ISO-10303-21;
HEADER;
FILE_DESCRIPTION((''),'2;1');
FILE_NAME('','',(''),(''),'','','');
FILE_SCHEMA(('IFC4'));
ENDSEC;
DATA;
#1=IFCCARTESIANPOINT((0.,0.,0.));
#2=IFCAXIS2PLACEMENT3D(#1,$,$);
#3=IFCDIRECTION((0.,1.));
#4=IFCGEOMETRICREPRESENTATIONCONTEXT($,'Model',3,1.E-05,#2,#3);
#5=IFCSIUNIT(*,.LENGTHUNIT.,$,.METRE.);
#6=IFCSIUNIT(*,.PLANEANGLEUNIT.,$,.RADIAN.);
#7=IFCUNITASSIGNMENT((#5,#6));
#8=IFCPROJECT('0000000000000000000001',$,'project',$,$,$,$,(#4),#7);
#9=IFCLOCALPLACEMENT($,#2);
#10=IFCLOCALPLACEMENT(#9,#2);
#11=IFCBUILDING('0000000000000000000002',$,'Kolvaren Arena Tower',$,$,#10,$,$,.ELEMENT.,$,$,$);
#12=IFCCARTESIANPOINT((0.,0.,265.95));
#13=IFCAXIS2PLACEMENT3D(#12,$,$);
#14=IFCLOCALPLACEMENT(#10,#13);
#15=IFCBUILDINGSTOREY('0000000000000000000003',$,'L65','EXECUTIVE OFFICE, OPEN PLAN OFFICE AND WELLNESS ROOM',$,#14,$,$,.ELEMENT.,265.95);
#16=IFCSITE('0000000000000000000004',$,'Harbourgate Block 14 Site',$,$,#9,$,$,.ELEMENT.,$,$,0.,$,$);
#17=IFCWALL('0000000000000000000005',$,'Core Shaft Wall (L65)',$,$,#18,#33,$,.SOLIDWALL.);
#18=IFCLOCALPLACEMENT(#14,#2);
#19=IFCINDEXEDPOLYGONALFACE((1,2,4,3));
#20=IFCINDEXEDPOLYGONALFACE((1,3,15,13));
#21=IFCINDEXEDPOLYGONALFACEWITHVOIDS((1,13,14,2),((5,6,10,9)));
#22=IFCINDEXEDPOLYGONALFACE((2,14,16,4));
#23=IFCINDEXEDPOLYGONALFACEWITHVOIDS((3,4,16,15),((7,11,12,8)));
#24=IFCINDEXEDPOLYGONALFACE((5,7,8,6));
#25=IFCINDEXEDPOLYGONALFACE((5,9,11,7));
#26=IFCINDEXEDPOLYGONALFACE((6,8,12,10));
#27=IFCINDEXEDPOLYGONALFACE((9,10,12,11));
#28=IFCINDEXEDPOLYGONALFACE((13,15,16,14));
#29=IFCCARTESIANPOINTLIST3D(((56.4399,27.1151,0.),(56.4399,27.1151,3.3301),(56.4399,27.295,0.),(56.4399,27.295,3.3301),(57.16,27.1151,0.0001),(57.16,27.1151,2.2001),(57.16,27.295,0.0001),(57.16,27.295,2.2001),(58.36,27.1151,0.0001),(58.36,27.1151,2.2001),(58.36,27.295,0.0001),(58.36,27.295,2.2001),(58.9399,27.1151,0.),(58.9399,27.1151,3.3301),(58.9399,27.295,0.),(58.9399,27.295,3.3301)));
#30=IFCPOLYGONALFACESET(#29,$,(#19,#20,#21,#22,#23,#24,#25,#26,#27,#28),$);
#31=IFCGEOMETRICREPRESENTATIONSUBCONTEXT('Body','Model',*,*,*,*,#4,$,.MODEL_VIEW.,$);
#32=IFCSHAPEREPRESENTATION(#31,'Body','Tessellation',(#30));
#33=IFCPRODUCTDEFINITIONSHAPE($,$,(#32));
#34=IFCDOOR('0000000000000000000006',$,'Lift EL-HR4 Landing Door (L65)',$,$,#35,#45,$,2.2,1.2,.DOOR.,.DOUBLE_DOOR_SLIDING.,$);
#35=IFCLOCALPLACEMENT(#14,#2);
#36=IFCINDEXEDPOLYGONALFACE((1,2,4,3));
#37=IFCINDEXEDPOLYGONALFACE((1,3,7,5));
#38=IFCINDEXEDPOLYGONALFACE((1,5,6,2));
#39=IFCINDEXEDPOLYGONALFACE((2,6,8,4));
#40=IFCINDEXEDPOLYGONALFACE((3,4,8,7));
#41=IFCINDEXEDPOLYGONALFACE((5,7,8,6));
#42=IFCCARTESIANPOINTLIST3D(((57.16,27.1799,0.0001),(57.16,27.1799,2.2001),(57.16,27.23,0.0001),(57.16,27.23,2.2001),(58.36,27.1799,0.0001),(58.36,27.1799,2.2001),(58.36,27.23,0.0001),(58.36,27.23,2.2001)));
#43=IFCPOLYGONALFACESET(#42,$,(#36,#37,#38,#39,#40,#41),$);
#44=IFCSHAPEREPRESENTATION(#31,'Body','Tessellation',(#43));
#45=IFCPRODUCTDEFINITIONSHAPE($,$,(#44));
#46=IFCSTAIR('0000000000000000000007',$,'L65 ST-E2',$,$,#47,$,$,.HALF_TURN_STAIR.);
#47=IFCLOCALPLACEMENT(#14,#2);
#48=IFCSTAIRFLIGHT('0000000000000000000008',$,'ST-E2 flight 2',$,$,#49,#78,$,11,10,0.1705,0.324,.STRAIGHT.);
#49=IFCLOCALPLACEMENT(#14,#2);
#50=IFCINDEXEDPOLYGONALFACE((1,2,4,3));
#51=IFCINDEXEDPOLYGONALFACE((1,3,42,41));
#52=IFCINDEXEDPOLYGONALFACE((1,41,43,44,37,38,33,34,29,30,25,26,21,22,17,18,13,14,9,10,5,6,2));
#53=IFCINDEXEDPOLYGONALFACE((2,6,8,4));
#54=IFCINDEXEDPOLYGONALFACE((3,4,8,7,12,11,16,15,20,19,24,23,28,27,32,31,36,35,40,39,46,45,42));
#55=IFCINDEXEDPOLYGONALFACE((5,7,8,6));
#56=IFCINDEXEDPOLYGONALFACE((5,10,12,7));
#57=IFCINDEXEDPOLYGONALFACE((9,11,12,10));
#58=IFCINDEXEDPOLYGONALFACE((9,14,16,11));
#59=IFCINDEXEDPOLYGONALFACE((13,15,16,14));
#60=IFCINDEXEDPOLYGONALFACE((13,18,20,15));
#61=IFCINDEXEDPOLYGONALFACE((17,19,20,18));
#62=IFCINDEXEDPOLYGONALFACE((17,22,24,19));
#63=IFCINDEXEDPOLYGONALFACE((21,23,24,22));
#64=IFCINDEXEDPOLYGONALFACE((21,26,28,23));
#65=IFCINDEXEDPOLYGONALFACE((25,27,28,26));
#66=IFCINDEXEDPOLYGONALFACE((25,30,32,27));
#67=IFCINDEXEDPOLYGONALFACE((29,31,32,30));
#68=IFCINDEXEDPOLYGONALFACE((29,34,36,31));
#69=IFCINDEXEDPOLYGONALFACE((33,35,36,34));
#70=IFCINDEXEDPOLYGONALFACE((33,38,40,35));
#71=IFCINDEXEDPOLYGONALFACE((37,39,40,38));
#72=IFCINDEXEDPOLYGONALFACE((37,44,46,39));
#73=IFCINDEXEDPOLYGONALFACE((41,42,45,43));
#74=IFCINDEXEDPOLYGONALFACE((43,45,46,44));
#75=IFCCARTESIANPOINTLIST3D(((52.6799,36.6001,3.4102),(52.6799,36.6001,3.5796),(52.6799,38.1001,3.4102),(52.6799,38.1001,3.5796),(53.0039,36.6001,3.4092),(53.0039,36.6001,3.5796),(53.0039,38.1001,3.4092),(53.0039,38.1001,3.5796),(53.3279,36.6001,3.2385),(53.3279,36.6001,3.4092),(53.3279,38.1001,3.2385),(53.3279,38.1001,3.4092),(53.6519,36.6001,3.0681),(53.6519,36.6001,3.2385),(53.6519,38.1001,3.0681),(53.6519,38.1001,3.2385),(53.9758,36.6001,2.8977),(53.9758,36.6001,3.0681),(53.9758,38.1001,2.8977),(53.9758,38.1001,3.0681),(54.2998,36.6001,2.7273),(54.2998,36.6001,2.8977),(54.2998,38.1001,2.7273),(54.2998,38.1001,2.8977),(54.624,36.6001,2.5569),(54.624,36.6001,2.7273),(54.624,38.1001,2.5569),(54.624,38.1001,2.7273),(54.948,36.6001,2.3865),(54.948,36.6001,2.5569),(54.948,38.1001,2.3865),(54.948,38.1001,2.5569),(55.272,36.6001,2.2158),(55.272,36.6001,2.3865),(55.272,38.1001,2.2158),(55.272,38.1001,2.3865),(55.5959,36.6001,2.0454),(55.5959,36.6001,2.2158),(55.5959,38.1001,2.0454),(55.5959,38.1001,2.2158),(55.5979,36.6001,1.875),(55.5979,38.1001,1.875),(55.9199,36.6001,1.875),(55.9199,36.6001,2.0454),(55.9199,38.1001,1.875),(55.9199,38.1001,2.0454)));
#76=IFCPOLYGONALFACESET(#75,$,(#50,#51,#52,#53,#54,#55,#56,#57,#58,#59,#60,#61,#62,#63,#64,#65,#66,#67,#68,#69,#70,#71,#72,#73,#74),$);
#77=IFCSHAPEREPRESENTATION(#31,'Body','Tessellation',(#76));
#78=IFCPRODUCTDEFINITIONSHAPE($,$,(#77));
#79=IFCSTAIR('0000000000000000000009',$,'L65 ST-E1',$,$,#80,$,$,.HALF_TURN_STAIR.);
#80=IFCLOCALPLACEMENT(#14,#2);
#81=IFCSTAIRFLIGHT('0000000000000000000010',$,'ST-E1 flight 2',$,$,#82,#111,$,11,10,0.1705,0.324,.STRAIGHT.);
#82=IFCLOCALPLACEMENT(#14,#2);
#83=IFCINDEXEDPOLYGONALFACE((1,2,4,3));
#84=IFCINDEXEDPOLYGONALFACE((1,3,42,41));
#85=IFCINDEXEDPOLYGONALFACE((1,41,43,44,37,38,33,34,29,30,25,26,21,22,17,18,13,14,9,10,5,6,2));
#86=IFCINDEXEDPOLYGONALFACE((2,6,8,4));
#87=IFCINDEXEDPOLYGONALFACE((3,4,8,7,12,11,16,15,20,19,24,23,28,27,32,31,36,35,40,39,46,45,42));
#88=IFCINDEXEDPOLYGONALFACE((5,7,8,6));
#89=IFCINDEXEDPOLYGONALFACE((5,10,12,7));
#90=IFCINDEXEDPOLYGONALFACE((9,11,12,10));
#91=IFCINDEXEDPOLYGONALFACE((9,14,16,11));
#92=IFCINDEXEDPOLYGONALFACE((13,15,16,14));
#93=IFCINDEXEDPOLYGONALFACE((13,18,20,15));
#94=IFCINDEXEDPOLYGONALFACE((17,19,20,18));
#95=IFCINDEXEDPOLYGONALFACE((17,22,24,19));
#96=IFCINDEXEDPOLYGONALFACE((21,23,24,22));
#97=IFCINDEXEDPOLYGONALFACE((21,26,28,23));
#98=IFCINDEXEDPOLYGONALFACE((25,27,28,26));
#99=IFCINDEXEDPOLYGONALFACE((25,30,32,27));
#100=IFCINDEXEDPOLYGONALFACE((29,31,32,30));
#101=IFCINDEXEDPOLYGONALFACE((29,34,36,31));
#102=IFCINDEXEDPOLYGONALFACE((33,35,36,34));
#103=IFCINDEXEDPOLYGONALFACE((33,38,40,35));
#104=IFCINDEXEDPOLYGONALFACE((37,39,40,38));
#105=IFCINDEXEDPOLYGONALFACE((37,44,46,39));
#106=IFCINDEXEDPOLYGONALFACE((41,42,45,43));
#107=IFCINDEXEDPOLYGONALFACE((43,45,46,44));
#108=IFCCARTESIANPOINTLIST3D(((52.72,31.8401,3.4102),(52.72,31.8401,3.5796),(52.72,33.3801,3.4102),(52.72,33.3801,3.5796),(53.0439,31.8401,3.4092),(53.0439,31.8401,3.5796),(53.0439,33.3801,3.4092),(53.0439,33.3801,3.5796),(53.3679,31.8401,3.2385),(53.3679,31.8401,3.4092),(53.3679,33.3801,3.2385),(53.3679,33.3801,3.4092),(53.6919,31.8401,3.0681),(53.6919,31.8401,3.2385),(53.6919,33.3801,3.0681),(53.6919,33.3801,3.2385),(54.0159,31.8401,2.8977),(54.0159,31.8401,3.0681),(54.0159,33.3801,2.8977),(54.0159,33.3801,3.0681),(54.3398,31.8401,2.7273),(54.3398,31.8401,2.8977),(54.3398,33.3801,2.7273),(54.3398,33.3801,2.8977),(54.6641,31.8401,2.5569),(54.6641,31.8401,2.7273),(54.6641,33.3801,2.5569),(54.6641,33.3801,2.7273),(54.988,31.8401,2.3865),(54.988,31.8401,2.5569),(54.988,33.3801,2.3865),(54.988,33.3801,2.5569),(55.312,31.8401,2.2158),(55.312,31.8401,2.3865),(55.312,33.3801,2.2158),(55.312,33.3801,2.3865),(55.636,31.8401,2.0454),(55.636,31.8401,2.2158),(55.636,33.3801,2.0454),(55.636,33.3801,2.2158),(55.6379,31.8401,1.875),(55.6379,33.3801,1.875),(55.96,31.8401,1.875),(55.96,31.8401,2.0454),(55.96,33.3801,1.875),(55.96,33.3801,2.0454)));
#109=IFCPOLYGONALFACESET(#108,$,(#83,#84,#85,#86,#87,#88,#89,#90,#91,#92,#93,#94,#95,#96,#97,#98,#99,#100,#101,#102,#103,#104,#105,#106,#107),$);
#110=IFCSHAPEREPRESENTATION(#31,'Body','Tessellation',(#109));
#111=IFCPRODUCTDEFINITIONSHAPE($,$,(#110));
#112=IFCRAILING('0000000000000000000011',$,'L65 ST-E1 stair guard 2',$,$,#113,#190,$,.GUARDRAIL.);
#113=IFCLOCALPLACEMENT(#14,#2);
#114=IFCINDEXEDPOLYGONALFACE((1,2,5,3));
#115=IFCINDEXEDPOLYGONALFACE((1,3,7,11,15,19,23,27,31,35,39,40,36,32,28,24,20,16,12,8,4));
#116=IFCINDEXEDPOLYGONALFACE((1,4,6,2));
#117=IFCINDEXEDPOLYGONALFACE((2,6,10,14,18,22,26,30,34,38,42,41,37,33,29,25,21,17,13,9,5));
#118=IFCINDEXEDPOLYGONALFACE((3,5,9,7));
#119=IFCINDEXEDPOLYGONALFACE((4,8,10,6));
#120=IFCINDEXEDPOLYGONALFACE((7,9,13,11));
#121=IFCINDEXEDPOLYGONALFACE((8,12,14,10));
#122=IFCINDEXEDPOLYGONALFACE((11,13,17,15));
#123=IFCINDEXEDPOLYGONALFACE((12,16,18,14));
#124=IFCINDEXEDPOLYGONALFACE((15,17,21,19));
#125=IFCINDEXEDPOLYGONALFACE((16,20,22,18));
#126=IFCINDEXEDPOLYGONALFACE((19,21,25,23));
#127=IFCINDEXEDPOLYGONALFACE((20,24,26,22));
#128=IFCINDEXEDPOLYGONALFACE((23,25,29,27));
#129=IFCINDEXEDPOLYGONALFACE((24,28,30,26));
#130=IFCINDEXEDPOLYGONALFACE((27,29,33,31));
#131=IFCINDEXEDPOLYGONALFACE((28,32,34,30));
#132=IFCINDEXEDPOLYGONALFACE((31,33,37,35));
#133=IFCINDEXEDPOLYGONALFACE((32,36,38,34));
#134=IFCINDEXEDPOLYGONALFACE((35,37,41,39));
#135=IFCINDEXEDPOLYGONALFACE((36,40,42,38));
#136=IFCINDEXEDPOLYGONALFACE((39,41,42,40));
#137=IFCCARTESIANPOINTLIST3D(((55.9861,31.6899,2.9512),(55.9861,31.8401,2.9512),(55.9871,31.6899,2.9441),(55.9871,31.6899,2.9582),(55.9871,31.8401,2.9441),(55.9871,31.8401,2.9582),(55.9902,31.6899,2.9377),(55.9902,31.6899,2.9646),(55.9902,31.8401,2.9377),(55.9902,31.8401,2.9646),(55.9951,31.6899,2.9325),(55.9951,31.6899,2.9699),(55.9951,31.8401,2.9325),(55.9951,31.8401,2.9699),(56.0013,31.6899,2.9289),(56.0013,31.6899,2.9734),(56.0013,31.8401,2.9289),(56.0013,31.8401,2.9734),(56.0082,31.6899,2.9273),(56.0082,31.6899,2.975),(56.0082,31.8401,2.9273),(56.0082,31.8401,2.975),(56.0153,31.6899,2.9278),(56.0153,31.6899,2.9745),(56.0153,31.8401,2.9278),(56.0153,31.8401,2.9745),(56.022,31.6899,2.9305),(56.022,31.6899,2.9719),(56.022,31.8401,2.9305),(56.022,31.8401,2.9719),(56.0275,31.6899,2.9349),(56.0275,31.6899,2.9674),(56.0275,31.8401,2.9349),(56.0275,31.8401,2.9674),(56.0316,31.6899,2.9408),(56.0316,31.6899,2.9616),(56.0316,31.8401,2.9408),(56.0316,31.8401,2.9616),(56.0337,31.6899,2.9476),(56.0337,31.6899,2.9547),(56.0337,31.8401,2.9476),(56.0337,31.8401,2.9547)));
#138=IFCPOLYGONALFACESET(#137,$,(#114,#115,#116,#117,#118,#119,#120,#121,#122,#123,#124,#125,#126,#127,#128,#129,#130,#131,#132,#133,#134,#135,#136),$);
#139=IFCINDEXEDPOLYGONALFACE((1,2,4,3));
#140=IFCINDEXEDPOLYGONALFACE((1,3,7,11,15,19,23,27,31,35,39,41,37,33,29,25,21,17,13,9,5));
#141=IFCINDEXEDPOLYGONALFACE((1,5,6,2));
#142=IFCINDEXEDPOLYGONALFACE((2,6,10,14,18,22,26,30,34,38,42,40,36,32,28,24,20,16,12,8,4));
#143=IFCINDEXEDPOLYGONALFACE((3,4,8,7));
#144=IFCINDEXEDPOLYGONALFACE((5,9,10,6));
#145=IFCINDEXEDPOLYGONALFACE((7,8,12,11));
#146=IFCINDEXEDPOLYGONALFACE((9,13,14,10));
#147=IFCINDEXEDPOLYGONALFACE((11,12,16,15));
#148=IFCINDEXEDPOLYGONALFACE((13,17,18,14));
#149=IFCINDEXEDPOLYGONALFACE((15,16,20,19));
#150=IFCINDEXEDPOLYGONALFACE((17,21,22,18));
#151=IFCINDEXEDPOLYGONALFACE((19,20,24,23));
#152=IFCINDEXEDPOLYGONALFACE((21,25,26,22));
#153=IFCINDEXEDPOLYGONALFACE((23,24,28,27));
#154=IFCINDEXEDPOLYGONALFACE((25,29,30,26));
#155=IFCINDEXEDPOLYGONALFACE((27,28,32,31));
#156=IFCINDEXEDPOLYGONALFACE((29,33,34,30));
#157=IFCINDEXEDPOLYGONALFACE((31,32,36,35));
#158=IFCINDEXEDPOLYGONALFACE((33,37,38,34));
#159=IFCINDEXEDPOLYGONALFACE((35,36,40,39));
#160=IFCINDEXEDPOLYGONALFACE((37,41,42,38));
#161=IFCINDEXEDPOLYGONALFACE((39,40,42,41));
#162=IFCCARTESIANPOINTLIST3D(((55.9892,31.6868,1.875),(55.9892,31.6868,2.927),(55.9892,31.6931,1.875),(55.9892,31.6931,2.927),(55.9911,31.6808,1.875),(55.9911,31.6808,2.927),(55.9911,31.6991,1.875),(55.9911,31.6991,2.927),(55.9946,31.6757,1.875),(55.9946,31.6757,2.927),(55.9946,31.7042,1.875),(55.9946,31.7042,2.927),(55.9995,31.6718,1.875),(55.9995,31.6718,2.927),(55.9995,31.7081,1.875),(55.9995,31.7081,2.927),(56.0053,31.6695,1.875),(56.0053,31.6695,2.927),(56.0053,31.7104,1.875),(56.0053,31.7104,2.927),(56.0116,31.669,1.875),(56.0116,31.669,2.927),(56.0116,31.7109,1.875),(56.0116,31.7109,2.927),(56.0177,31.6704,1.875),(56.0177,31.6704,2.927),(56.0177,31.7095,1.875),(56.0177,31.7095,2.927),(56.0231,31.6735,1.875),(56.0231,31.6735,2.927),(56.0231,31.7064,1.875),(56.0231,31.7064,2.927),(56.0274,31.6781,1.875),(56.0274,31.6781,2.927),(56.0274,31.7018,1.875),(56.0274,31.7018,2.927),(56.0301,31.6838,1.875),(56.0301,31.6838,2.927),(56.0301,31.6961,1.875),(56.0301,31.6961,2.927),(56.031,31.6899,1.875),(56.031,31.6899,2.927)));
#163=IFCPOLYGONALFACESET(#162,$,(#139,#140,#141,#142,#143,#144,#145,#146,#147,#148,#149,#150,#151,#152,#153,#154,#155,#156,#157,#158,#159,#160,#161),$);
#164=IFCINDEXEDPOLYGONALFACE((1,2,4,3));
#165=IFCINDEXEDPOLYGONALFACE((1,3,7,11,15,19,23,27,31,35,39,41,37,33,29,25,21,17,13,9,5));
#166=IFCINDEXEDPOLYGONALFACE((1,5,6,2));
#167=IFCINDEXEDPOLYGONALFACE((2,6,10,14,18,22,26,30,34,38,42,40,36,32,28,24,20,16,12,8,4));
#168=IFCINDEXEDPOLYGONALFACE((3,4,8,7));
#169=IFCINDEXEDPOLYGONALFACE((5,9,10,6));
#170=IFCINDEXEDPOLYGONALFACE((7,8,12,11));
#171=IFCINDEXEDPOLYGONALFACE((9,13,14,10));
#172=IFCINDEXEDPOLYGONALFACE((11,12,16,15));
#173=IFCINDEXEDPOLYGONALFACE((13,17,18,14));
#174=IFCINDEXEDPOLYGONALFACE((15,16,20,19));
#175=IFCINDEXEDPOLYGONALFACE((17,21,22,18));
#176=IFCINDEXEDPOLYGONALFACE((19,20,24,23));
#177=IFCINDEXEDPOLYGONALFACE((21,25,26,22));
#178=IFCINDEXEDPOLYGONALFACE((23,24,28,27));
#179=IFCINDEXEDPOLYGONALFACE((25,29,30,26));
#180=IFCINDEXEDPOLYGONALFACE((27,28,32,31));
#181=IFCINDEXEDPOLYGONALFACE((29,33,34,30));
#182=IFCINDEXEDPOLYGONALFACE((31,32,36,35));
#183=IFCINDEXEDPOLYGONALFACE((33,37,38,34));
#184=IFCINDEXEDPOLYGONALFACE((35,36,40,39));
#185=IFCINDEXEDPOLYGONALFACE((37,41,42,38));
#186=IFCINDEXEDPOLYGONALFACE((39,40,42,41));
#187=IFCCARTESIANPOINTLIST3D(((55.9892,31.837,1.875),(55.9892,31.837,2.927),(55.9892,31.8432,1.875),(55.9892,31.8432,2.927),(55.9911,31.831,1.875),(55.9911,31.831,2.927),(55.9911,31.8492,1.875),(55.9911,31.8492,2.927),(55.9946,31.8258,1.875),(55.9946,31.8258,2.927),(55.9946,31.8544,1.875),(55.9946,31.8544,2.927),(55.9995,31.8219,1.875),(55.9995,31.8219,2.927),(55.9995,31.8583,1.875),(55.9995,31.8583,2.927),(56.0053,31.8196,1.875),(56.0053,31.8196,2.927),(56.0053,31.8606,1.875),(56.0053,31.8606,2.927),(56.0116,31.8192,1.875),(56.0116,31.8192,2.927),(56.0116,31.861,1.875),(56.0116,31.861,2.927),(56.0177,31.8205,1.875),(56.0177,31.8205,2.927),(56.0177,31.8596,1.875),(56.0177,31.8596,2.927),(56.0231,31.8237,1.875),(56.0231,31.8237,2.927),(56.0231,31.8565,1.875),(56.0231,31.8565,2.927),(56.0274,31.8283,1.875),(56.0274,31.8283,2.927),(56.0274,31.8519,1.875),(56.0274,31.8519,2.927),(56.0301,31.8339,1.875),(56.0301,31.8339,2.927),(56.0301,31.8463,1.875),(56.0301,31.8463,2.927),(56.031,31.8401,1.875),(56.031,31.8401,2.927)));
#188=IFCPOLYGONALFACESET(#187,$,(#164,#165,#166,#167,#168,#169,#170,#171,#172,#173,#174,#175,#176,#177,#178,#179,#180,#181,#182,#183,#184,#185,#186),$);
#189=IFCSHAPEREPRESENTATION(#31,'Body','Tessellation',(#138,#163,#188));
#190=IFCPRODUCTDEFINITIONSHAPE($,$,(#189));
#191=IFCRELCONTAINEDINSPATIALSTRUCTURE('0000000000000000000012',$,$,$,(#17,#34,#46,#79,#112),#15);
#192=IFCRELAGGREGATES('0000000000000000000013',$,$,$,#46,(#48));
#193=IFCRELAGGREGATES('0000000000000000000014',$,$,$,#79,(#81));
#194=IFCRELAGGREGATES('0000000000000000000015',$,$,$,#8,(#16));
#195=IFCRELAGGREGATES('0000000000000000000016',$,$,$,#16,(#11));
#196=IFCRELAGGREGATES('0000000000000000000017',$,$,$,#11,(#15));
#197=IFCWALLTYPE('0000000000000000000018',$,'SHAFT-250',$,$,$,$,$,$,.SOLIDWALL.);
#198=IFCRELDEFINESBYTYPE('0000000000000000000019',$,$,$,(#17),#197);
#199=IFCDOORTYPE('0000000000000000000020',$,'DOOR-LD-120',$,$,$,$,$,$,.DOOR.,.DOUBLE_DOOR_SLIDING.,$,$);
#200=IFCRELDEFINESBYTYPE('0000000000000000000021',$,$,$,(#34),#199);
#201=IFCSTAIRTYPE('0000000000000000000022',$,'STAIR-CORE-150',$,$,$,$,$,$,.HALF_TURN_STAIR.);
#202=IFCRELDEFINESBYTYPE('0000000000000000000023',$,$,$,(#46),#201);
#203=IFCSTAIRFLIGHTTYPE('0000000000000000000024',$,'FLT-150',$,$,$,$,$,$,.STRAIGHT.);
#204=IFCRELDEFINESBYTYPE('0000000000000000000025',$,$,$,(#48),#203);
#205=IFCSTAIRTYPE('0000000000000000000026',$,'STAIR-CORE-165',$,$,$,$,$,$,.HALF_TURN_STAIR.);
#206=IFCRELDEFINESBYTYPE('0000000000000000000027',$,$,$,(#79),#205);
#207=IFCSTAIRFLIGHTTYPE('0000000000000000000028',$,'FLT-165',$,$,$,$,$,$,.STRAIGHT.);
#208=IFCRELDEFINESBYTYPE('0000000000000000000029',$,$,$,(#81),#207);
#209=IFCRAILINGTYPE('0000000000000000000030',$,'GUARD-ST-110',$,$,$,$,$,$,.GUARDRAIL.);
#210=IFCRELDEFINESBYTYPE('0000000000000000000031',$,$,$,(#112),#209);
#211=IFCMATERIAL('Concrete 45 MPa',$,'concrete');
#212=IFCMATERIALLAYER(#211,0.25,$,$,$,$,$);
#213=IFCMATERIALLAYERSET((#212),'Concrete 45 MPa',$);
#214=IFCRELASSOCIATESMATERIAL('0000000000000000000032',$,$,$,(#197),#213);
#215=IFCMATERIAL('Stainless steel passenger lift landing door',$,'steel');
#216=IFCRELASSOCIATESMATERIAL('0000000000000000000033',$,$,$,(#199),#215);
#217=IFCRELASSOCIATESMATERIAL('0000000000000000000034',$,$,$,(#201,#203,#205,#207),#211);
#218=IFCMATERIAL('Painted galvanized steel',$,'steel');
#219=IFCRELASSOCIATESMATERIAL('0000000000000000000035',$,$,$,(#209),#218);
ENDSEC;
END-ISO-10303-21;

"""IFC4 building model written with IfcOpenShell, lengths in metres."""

from ifc_helpers import new_model, si_unit, direction, frame, frame_2d, origin, origin_2d, place, context, subcontext, project, spatial, polyline, rectangle, circle, outline, extrude, material, layer, layer_set, type_object, element, fill, aggregate, save


model = new_model("IFC4")

# Units and contexts
model_context = context("Model", 3, precision=1e-05, world=origin(), true_north=direction((0.0, 1.0)))
body_context = subcontext(model_context, "Body", "Model", "MODEL_VIEW")
ifc_project = project(units=[si_unit("LENGTHUNIT", "METRE"), si_unit("PLANEANGLEUNIT", "RADIAN")], contexts=[model_context])

# Site, building, storey
site_placement = place(None, origin())
site = spatial("IfcSite", under=ifc_project, at=site_placement, Name="Harbourgate Block 14 Site", CompositionType="ELEMENT", RefElevation=0.0)
building_placement = place(site_placement, origin())
building = spatial("IfcBuilding", under=site, at=building_placement, Name="Kolvaren Arena Tower", CompositionType="ELEMENT")
storey_placement = place(building_placement, frame((0.0, 0.0, 265.95)))
storey = spatial("IfcBuildingStorey", under=building, at=storey_placement, Name="L65", Description="EXECUTIVE OFFICE, OPEN PLAN OFFICE AND WELLNESS ROOM", CompositionType="ELEMENT", Elevation=265.95)

# Shared definitions
ifc_material_1 = material(Name="Concrete 45 MPa", Category="concrete")
ifc_layer = layer(ifc_material_1, 0.25)
ifc_layer_set = layer_set([ifc_layer], Name="Concrete 45 MPa")
wall_type = type_object("IfcWallType", Name="SHAFT-250", PredefinedType="SOLIDWALL", material=ifc_layer_set)

# Wall, opening, door
wall_1_placement = place(storey_placement, frame((56.4399, 27.2051, 0.0), z_axis=(0.0, 0.0, 1.0), x_axis=(1.0, 0.0, 0.0)))
wall_1 = element("IfcWall", 1, at=wall_1_placement, inside=storey, type_object=wall_type, Name="Core Shaft Wall (L65)", PredefinedType="SOLIDWALL", context=body_context, shape_type="SweptSolid", body=[
    extrude(rectangle(XDim=2.5, YDim=0.1799, at=frame_2d((1.25, 0.0))), origin(), (0.0, 0.0, 1.0), 3.3301),
])
opening_1_placement = place(wall_1_placement, frame((0.72, 0.0, 0.0)))
opening_1 = element("IfcOpeningElement", 2, at=opening_1_placement, cuts=wall_1, PredefinedType="OPENING", context=body_context, shape_type="SweptSolid", body=[
    extrude(rectangle(XDim=1.2, YDim=2.2, at=frame_2d((0.6001, 1.1001))), frame((0.0, 0.0999, 0.0), z_axis=(0.0, -1.0, 0.0), x_axis=(1.0, 0.0, 0.0)), (0.0, 0.0, 1.0), 0.2),
])
ifc_material_2 = material(Name="Stainless steel passenger lift landing door", Category="steel")
door_type_1 = type_object("IfcDoorType", Name="DOOR-LD-120", OperationType="DOUBLE_DOOR_SLIDING", PredefinedType="DOOR", material=ifc_material_2)
door_1_placement = place(opening_1_placement, origin())
door_1 = element("IfcDoor", 3, at=door_1_placement, inside=storey, type_object=door_type_1, Name="Lift EL-HR4 Landing Door (L65)", OperationType="DOUBLE_DOOR_SLIDING", OverallHeight=2.2, OverallWidth=1.2, PredefinedType="DOOR", context=body_context, shape_type="SweptSolid", body=[
    extrude(rectangle(XDim=1.2, YDim=2.2, at=frame_2d((0.6001, 1.1001))), frame((0.0, 0.0249, 0.0), z_axis=(0.0, -1.0, 0.0), x_axis=(1.0, 0.0, 0.0)), (0.0, 0.0, 1.0), 0.05),
])
fill(opening_1, door_1)

# Stairs, stair flights
stair_type_1 = type_object("IfcStairType", Name="STAIR-CORE-150", PredefinedType="HALF_TURN_STAIR", material=ifc_material_1)
stair_1_placement = place(storey_placement, origin())
stair_1 = element("IfcStair", 4, at=stair_1_placement, inside=storey, type_object=stair_type_1, Name="L65 ST-E2", PredefinedType="HALF_TURN_STAIR")
stair_flight_type_1 = type_object("IfcStairFlightType", Name="FLT-150", PredefinedType="STRAIGHT", material=ifc_material_1)
stair_flight_1_placement = place(storey_placement, frame((55.9199, 37.3501, 1.875), z_axis=(0.0, 0.0, 1.0), x_axis=(-1.0, 0.0, 0.0)))
stair_flight_1 = element("IfcStairFlight", 5, at=stair_flight_1_placement, type_object=stair_flight_type_1, Name="ST-E2 flight 2", NumberOfRisers=11, NumberOfTreads=10, PredefinedType="STRAIGHT", RiserHeight=0.1705, TreadLength=0.324, context=body_context, shape_type="SweptSolid", body=[
    extrude(outline(polyline([(0.0, 0.0), (0.0, 0.1704), (0.324, 0.1704), (0.324, 0.3408), (0.6479, 0.3408), (0.6479, 0.5115), (0.9719, 0.5115), (0.9719, 0.6819), (1.2959, 0.6819), (1.2959, 0.8523), (1.6201, 0.8523), (1.6201, 1.0227), (1.9441, 1.0227), (1.9441, 1.1931), (2.2681, 1.1931), (2.2681, 1.3635), (2.592, 1.3635), (2.592, 1.5342), (2.916, 1.5342), (2.916, 1.7046), (3.24, 1.7046), (3.24, 1.875), (3.24, 1.5352), (0.322, 0.0), (0.0, 0.0)])), frame((0.0, 0.75, 0.0), z_axis=(0.0, -1.0, 0.0), x_axis=(1.0, 0.0, 0.0)), (0.0, 0.0, 1.0), 1.5),
])
aggregate(stair_1, [stair_flight_1])
stair_type_2 = type_object("IfcStairType", Name="STAIR-CORE-165", PredefinedType="HALF_TURN_STAIR", material=ifc_material_1)
stair_2_placement = place(storey_placement, origin())
stair_2 = element("IfcStair", 6, at=stair_2_placement, inside=storey, type_object=stair_type_2, Name="L65 ST-E1", PredefinedType="HALF_TURN_STAIR")
stair_flight_type_2 = type_object("IfcStairFlightType", Name="FLT-165", PredefinedType="STRAIGHT", material=ifc_material_1)
stair_flight_2_placement = place(storey_placement, frame((55.96, 32.6101, 1.875), z_axis=(0.0, 0.0, 1.0), x_axis=(-1.0, 0.0, 0.0)))
stair_flight_2 = element("IfcStairFlight", 7, at=stair_flight_2_placement, type_object=stair_flight_type_2, Name="ST-E1 flight 2", NumberOfRisers=11, NumberOfTreads=10, PredefinedType="STRAIGHT", RiserHeight=0.1705, TreadLength=0.324, context=body_context, shape_type="SweptSolid", body=[
    extrude(outline(polyline([(0.0, 0.0), (0.0, 0.1704), (0.324, 0.1704), (0.324, 0.3408), (0.6479, 0.3408), (0.6479, 0.5115), (0.9719, 0.5115), (0.9719, 0.6819), (1.2959, 0.6819), (1.2959, 0.8523), (1.6201, 0.8523), (1.6201, 1.0227), (1.9441, 1.0227), (1.9441, 1.1931), (2.2681, 1.1931), (2.2681, 1.3635), (2.592, 1.3635), (2.592, 1.5342), (2.916, 1.5342), (2.916, 1.7046), (3.24, 1.7046), (3.24, 1.875), (3.24, 1.5352), (0.322, 0.0), (0.0, 0.0)])), frame((0.0, 0.77, 0.0), z_axis=(0.0, -1.0, 0.0), x_axis=(1.0, 0.0, 0.0)), (0.0, 0.0, 1.0), 1.54),
])
aggregate(stair_2, [stair_flight_2])

# Railing
ifc_material_3 = material(Name="Painted galvanized steel", Category="steel")
railing_type_1 = type_object("IfcRailingType", Name="GUARD-ST-110", PredefinedType="GUARDRAIL", material=ifc_material_3)
railing_1_placement = place(storey_placement, frame((56.01, 31.6899, 1.875)))
element("IfcRailing", 8, at=railing_1_placement, inside=storey, type_object=railing_type_1, Name="L65 ST-E1 stair guard 2", PredefinedType="GUARDRAIL", context=body_context, shape_type="SweptSolid", body=[
    extrude(circle(Radius=0.0239, at=origin_2d()), frame((0.0, 0.0, 1.0762), z_axis=(0.0, 1.0, 0.0), x_axis=(-1.0, 0.0, 0.0)), (0.0, 0.0, 1.0), 0.1501),
    extrude(circle(Radius=0.021, at=origin_2d()), origin(), (0.0, 0.0, 1.0), 1.052),
    extrude(circle(Radius=0.021, at=origin_2d()), frame((0.0, 0.1501, 0.0)), (0.0, 0.0, 1.0), 1.052),
])

save(model, "model.ifc")
